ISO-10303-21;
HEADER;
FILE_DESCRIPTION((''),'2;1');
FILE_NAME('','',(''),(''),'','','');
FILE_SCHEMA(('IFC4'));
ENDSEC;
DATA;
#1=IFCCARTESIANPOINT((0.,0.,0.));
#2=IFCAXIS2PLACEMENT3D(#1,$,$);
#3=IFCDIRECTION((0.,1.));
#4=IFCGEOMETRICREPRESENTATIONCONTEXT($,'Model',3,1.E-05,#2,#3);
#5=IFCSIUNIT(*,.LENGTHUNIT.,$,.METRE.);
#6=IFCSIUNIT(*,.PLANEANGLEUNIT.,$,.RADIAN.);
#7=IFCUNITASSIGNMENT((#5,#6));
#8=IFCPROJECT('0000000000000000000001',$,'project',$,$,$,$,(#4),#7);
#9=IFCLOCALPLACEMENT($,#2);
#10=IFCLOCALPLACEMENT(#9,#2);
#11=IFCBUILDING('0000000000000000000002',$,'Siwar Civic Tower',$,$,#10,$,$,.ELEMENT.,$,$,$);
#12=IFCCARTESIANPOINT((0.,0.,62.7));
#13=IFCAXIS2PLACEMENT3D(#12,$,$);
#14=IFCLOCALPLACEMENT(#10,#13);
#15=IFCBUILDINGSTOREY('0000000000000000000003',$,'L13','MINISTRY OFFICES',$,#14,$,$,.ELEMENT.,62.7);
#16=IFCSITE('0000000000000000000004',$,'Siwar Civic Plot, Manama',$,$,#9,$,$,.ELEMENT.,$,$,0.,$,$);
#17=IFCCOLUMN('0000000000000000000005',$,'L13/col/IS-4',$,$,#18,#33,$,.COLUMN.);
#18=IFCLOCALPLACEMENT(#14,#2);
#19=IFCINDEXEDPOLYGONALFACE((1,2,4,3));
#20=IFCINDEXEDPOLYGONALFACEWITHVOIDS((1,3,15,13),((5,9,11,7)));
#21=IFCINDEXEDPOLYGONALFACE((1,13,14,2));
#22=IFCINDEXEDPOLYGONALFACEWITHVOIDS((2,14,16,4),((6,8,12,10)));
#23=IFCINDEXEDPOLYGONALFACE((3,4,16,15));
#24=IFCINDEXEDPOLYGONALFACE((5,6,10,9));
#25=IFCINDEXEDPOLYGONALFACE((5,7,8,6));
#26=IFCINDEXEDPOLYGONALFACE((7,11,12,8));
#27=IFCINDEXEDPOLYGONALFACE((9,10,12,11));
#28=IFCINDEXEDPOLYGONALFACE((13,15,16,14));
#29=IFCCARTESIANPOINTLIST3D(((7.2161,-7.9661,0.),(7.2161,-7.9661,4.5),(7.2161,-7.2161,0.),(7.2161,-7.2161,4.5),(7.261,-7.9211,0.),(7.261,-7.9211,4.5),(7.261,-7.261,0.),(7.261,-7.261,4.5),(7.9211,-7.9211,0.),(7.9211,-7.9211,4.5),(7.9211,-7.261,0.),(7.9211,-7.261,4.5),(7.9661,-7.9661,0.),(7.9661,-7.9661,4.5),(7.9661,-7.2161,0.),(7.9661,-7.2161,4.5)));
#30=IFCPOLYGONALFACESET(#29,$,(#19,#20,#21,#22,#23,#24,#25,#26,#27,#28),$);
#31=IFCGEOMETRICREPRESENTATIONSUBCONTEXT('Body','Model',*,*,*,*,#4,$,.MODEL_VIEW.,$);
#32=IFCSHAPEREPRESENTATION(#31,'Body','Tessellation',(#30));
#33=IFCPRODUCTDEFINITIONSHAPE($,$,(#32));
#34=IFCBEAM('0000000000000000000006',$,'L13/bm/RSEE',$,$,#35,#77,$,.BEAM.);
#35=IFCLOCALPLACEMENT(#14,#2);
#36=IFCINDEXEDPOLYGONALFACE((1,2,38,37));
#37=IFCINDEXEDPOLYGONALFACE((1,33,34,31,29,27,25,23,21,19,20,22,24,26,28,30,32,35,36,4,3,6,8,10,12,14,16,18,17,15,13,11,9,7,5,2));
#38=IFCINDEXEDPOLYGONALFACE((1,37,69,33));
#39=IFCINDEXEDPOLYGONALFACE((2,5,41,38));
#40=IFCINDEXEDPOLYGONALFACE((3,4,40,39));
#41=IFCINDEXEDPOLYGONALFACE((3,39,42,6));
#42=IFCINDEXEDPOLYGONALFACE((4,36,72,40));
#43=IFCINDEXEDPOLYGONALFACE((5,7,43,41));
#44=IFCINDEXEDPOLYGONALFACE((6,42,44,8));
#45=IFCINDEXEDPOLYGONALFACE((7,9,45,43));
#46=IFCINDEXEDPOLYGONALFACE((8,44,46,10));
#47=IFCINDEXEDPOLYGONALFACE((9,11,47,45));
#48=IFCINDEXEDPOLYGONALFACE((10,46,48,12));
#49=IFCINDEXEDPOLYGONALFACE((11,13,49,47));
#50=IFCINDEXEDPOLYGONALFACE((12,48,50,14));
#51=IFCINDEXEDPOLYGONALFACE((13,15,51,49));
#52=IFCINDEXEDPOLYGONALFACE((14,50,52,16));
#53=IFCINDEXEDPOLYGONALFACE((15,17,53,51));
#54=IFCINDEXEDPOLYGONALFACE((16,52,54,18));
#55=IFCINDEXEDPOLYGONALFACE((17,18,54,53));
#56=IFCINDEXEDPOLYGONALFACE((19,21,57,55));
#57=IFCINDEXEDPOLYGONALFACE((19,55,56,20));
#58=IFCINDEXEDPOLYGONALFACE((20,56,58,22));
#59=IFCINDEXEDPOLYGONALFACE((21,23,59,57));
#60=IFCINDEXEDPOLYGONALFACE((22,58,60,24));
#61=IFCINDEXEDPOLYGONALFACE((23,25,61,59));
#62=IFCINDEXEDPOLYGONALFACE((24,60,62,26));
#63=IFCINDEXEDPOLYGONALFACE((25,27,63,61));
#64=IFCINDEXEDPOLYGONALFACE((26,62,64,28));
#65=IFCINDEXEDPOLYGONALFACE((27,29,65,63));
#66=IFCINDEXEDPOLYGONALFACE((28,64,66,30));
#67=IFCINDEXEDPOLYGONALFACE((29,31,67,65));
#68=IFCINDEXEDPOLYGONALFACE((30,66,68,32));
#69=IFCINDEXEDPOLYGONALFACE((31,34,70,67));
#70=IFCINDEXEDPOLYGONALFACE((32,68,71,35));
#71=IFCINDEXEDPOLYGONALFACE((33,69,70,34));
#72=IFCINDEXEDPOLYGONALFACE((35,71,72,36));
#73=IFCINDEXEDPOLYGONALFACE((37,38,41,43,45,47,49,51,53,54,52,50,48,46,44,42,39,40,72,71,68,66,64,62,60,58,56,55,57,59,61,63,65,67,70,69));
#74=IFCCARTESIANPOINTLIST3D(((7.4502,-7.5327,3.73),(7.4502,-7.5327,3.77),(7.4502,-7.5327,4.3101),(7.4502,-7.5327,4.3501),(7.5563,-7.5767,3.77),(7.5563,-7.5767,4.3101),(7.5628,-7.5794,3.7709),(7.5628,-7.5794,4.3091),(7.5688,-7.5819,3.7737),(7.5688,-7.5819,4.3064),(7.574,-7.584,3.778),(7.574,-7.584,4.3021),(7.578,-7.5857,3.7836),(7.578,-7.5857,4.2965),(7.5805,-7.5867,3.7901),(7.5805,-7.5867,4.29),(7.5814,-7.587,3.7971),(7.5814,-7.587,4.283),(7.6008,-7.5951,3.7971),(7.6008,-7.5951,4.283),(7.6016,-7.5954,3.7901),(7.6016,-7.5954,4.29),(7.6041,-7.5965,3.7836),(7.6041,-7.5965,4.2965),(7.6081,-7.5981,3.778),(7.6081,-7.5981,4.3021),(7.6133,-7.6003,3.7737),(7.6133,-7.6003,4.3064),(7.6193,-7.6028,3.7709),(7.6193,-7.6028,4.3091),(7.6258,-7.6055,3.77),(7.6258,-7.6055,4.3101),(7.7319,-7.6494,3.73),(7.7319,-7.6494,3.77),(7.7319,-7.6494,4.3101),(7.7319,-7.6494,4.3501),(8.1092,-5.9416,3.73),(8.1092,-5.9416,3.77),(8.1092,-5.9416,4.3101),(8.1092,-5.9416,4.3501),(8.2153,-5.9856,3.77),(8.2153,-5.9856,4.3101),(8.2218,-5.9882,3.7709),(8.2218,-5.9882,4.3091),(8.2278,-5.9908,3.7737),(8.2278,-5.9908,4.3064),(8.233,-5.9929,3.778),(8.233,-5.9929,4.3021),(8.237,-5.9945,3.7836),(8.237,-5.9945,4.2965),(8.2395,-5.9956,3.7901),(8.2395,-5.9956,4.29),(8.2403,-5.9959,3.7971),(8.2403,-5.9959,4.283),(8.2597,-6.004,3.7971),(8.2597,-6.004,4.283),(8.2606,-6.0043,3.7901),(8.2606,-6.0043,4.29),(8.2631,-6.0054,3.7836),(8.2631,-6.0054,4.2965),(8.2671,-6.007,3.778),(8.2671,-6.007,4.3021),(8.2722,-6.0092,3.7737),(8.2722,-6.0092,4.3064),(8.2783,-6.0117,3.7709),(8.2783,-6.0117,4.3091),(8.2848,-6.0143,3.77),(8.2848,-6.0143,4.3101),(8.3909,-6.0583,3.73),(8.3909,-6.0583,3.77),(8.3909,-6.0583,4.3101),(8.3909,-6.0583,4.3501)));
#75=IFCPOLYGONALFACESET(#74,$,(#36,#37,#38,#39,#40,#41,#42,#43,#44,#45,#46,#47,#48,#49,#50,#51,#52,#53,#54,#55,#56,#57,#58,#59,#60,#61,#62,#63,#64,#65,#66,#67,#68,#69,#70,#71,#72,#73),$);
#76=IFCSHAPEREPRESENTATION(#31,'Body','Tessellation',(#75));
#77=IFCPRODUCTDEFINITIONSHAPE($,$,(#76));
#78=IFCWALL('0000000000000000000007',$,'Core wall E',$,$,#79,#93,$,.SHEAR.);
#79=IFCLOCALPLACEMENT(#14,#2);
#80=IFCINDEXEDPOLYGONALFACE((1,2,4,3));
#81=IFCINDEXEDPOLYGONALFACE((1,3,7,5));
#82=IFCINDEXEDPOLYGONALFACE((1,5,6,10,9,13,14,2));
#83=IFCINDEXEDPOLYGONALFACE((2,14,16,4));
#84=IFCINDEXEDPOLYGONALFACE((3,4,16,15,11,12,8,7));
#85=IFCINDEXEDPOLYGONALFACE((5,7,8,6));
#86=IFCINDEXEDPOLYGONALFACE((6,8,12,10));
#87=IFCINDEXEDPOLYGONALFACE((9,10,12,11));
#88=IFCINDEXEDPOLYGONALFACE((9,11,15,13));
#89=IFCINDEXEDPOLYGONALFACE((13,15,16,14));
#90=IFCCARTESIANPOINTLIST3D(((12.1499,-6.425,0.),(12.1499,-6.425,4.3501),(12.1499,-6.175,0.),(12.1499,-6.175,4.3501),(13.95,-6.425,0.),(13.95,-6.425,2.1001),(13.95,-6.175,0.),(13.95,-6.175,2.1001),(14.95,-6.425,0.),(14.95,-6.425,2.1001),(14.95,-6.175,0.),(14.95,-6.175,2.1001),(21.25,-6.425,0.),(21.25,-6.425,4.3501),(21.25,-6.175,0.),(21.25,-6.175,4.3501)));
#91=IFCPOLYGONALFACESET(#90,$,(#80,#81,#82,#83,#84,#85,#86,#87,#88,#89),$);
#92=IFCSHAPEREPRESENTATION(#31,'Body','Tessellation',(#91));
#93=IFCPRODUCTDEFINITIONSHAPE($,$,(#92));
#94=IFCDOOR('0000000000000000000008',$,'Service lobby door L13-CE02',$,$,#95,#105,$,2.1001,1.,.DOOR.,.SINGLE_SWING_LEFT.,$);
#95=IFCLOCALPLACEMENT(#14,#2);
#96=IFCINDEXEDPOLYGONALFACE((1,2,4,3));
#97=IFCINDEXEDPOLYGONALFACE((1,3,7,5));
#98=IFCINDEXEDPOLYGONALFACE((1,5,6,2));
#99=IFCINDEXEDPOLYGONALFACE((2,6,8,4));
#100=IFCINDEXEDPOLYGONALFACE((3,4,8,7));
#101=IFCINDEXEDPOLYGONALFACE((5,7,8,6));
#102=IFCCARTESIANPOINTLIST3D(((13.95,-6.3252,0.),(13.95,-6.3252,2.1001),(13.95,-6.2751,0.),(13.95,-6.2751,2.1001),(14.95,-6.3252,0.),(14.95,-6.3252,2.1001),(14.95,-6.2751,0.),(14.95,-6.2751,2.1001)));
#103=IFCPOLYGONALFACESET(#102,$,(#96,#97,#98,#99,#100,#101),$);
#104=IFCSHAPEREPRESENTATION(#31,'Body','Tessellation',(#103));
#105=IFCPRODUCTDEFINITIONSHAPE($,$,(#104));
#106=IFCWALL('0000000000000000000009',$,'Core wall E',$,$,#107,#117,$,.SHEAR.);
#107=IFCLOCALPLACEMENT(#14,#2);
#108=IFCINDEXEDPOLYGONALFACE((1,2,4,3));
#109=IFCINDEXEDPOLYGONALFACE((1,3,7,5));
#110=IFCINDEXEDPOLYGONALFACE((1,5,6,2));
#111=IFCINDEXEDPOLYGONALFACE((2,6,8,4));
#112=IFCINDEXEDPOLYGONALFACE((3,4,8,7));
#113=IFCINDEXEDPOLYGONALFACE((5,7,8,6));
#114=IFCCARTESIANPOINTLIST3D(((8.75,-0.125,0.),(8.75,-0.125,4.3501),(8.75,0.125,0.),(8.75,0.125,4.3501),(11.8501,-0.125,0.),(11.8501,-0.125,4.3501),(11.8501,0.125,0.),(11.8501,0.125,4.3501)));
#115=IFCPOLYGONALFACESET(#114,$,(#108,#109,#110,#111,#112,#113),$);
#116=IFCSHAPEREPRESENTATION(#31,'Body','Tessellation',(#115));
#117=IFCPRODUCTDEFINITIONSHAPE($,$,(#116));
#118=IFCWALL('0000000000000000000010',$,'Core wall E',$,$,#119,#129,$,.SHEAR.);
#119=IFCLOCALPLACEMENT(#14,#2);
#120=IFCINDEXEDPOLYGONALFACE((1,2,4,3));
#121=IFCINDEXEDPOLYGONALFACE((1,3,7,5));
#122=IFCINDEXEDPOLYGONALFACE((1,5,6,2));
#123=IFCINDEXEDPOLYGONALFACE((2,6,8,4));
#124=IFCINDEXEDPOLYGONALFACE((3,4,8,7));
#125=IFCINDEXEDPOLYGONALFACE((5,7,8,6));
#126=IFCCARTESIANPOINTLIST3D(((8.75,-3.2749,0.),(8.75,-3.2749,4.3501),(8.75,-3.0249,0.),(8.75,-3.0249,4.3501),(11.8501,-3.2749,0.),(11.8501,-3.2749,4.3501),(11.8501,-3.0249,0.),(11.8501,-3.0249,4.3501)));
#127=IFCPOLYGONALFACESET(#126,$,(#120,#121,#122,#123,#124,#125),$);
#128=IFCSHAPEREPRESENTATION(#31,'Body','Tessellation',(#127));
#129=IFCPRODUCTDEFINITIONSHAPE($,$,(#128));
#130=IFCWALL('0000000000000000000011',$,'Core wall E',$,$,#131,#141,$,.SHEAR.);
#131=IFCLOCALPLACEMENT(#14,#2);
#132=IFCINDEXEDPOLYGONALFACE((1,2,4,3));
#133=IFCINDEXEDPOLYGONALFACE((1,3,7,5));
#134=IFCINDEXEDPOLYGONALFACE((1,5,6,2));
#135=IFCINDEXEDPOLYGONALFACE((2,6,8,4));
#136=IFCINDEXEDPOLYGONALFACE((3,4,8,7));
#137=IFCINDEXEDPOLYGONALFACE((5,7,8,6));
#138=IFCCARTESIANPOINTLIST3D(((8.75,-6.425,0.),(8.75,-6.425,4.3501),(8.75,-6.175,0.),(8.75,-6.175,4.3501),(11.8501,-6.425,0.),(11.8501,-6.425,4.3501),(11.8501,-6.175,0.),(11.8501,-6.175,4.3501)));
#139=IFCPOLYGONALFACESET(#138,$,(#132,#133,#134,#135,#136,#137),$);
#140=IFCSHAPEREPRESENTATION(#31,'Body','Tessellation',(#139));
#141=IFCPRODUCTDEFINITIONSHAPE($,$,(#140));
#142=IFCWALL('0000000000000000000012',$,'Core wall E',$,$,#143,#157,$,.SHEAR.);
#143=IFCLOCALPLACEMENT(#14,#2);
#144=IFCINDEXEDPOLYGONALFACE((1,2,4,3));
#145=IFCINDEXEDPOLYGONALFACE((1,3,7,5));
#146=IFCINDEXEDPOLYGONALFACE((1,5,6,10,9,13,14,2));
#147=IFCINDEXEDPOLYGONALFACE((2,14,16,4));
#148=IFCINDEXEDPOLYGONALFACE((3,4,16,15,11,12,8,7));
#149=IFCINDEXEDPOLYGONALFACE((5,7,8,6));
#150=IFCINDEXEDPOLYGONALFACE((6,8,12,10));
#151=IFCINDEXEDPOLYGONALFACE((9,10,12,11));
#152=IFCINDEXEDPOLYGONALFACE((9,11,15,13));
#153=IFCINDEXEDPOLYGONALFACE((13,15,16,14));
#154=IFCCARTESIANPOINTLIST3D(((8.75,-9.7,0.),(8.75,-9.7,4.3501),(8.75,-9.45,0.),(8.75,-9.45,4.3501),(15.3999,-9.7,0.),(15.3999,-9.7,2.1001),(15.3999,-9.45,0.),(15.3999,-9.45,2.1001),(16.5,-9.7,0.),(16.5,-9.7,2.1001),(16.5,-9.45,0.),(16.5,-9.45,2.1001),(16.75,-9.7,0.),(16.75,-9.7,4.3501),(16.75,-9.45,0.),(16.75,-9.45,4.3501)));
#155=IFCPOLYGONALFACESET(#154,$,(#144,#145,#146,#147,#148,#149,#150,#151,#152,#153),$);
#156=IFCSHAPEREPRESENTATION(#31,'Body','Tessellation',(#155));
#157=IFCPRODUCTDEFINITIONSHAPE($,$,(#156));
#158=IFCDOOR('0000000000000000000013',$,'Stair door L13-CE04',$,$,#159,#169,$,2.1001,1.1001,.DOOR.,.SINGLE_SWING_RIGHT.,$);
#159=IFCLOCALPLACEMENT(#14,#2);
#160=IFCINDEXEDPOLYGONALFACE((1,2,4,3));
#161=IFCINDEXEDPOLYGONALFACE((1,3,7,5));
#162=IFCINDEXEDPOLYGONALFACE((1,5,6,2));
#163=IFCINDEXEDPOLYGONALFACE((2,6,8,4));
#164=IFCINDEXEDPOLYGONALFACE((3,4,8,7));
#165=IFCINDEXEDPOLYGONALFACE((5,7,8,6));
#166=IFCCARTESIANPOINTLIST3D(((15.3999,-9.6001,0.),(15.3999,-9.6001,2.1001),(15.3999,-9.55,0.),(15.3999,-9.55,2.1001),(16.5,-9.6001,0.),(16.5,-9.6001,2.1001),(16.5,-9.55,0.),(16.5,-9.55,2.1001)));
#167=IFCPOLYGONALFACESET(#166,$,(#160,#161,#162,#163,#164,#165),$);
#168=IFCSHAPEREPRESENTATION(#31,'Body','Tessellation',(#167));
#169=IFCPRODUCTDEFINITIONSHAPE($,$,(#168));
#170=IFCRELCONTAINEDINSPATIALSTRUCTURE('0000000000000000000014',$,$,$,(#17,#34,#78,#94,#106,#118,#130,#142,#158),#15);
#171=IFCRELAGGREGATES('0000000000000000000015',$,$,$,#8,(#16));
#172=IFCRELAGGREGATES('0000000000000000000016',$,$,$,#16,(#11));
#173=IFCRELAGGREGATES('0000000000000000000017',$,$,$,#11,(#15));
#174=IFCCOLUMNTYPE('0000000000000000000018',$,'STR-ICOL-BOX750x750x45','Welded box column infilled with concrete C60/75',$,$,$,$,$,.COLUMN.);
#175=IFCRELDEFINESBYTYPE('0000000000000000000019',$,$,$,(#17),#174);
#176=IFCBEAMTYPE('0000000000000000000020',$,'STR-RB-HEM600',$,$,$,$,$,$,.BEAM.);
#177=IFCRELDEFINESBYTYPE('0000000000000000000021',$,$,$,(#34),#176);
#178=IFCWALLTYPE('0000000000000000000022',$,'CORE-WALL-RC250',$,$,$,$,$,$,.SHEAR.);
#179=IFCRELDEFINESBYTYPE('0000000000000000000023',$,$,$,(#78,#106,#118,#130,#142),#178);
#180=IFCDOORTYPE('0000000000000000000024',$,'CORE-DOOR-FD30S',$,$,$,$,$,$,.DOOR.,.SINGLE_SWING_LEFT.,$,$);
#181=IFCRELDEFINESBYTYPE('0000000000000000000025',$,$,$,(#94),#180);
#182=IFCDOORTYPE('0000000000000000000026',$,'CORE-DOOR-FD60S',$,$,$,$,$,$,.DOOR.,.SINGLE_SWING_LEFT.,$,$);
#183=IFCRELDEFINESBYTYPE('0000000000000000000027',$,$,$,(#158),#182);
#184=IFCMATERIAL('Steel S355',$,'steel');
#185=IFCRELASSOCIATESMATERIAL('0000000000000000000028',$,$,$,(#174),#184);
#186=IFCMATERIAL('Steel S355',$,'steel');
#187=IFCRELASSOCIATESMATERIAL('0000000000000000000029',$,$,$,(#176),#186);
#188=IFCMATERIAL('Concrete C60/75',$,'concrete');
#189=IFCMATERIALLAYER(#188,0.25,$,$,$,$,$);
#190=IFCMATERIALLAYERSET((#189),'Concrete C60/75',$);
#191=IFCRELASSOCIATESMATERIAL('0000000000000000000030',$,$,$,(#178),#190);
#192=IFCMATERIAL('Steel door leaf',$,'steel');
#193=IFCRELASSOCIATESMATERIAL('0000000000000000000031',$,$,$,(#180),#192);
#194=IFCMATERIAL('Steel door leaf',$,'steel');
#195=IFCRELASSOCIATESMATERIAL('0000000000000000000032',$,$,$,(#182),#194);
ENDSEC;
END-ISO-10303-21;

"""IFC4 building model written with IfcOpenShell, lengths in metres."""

from ifc_helpers import new_model, si_unit, direction, frame, frame_2d, origin, origin_2d, place, context, subcontext, project, spatial, rectangle, hollow_rectangle, i_section, extrude, material, layer, layer_set, material_profile, profile_set, type_object, element, fill, save


model = new_model("IFC4")

# Units and contexts
model_context = context("Model", 3, precision=1e-05, world=origin(), true_north=direction((0.0, 1.0)))
body_context = subcontext(model_context, "Body", "Model", "MODEL_VIEW")
ifc_project = project(units=[si_unit("LENGTHUNIT", "METRE"), si_unit("PLANEANGLEUNIT", "RADIAN")], contexts=[model_context])

# Site, building, storey
site_placement = place(None, origin())
site = spatial("IfcSite", under=ifc_project, at=site_placement, Name="Siwar Civic Plot, Manama", CompositionType="ELEMENT", RefElevation=0.0)
building_placement = place(site_placement, origin())
building = spatial("IfcBuilding", under=site, at=building_placement, Name="Siwar Civic Tower", CompositionType="ELEMENT")
storey_placement = place(building_placement, frame((0.0, 0.0, 62.7)))
storey = spatial("IfcBuildingStorey", under=building, at=storey_placement, Name="L13", Description="MINISTRY OFFICES", CompositionType="ELEMENT", Elevation=62.7)

# Column
ifc_material_1 = material(Name="Steel S355", Category="steel")
ifc_material_profile_1 = material_profile(ifc_material_1, hollow_rectangle(XDim=0.75, YDim=0.75, WallThickness=0.0449, at=origin_2d()), Name="BOX750x750x45")
ifc_profile_set_1 = profile_set([ifc_material_profile_1], Name="Steel S355")
column_type = type_object("IfcColumnType", Name="STR-ICOL-BOX750x750x45", Description="Welded box column infilled with concrete C60/75", PredefinedType="COLUMN", material=ifc_profile_set_1)
column_placement = place(storey_placement, frame((7.5911, -7.5911, 0.0), z_axis=(0.0, 0.0, 1.0), x_axis=(1.0, 0.0, 0.0)))
element("IfcColumn", 1, at=column_placement, inside=storey, type_object=column_type, Name="L13/col/IS-4", PredefinedType="COLUMN", context=body_context, shape_type="SweptSolid", body=[
    extrude(hollow_rectangle(XDim=0.75, YDim=0.75, WallThickness=0.0449, at=origin_2d()), origin(), (0.0, 0.0, 1.0), 4.5),
])

# Beam
ifc_material_2 = material(Name="Steel S355", Category="steel")
ifc_material_profile_2 = material_profile(ifc_material_2, i_section(OverallWidth=0.3049, OverallDepth=0.6201, WebThickness=0.021, FlangeThickness=0.04, FilletRadius=0.0271, at=origin_2d()), Name="HEM600")
ifc_profile_set_2 = profile_set([ifc_material_profile_2], Name="Steel S355")
beam_type = type_object("IfcBeamType", Name="STR-RB-HEM600", PredefinedType="BEAM", material=ifc_profile_set_2)
beam_placement = place(storey_placement, frame((7.5911, -7.5911, 4.04), z_axis=(0.382631, 0.923901, 0.0), x_axis=(-0.923901, 0.382631, 0.0)))
element("IfcBeam", 2, at=beam_placement, inside=storey, type_object=beam_type, Name="L13/bm/RSEE", PredefinedType="BEAM", context=body_context, shape_type="SweptSolid", body=[
    extrude(i_section(OverallWidth=0.3049, OverallDepth=0.6201, WebThickness=0.021, FlangeThickness=0.04, FilletRadius=0.0271, at=origin_2d()), origin(), (0.0, 0.0, 1.0), 1.7222),
])

# Wall, opening, door
ifc_material_3 = material(Name="Concrete C60/75", Category="concrete")
ifc_layer_1 = layer(ifc_material_3, 0.25)
ifc_layer_set_1 = layer_set([ifc_layer_1], Name="Concrete C60/75")
wall_type_1 = type_object("IfcWallType", Name="CORE-WALL-RC250", PredefinedType="SHEAR", material=ifc_layer_set_1)
wall_1_placement = place(storey_placement, frame((12.1499, -6.3, 0.0), z_axis=(0.0, 0.0, 1.0), x_axis=(1.0, 0.0, 0.0)))
wall_1 = element("IfcWall", 3, at=wall_1_placement, inside=storey, type_object=wall_type_1, Name="Core wall E", PredefinedType="SHEAR", context=body_context, shape_type="SweptSolid", body=[
    extrude(rectangle(XDim=9.1001, YDim=0.25, at=frame_2d((4.55, 0.0))), origin(), (0.0, 0.0, 1.0), 4.3501),
])
opening_1_placement = place(wall_1_placement, frame((1.8, 0.0, 0.0)))
opening_1 = element("IfcOpeningElement", 4, at=opening_1_placement, cuts=wall_1, PredefinedType="OPENING", context=body_context, shape_type="SweptSolid", body=[
    extrude(rectangle(XDim=1.0, YDim=2.1001, at=frame_2d((0.5, 1.05))), frame((0.0, 0.135, 0.0), z_axis=(0.0, -1.0, 0.0), x_axis=(1.0, 0.0, 0.0)), (0.0, 0.0, 1.0), 0.27),
])
ifc_material_4 = material(Name="Steel door leaf", Category="steel")
door_type_1 = type_object("IfcDoorType", Name="CORE-DOOR-FD30S", OperationType="SINGLE_SWING_LEFT", PredefinedType="DOOR", material=ifc_material_4)
door_1_placement = place(opening_1_placement, origin())
door_1 = element("IfcDoor", 5, at=door_1_placement, inside=storey, type_object=door_type_1, Name="Service lobby door L13-CE02", OperationType="SINGLE_SWING_LEFT", OverallHeight=2.1001, OverallWidth=1.0, PredefinedType="DOOR", context=body_context, shape_type="SweptSolid", body=[
    extrude(rectangle(XDim=1.0, YDim=2.1001, at=frame_2d((0.5, 1.05))), frame((0.0, 0.0249, 0.0), z_axis=(0.0, -1.0, 0.0), x_axis=(1.0, 0.0, 0.0)), (0.0, 0.0, 1.0), 0.05),
])
fill(opening_1, door_1)

# Walls
for number, where, z_axis, x_axis, name in (
    (6, (8.75, 0.0, 0.0), (0.0, 0.0, 1.0), (1.0, 0.0, 0.0), "Core wall E"),
    (7, (8.75, -3.1499, 0.0), (0.0, 0.0, 1.0), (1.0, 0.0, 0.0), "Core wall E"),
    (8, (8.75, -6.3, 0.0), (0.0, 0.0, 1.0), (1.0, 0.0, 0.0), "Core wall E"),
):
    element("IfcWall", number, at=place(storey_placement, frame(where, z_axis=z_axis, x_axis=x_axis)), inside=storey, type_object=wall_type_1, Name=name, PredefinedType="SHEAR", context=body_context, shape_type="SweptSolid", body=[
        extrude(rectangle(XDim=3.1001, YDim=0.25, at=frame_2d((1.55, 0.0))), origin(), (0.0, 0.0, 1.0), 4.3501),
    ])

# Wall, opening, door
wall_2_placement = place(storey_placement, frame((8.75, -9.575, 0.0), z_axis=(0.0, 0.0, 1.0), x_axis=(1.0, 0.0, 0.0)))
wall_2 = element("IfcWall", 9, at=wall_2_placement, inside=storey, type_object=wall_type_1, Name="Core wall E", PredefinedType="SHEAR", context=body_context, shape_type="SweptSolid", body=[
    extrude(rectangle(XDim=8.0, YDim=0.25, at=frame_2d((4.0, 0.0))), origin(), (0.0, 0.0, 1.0), 4.3501),
])
opening_2_placement = place(wall_2_placement, frame((6.6499, 0.0, 0.0)))
opening_2 = element("IfcOpeningElement", 10, at=opening_2_placement, cuts=wall_2, PredefinedType="OPENING", context=body_context, shape_type="SweptSolid", body=[
    extrude(rectangle(XDim=1.1001, YDim=2.1001, at=frame_2d((0.55, 1.05))), frame((0.0, 0.135, 0.0), z_axis=(0.0, -1.0, 0.0), x_axis=(1.0, 0.0, 0.0)), (0.0, 0.0, 1.0), 0.27),
])
ifc_material_5 = material(Name="Steel door leaf", Category="steel")
door_type_2 = type_object("IfcDoorType", Name="CORE-DOOR-FD60S", OperationType="SINGLE_SWING_LEFT", PredefinedType="DOOR", material=ifc_material_5)
door_2_placement = place(opening_2_placement, origin())
door_2 = element("IfcDoor", 11, at=door_2_placement, inside=storey, type_object=door_type_2, Name="Stair door L13-CE04", OperationType="SINGLE_SWING_RIGHT", OverallHeight=2.1001, OverallWidth=1.1001, PredefinedType="DOOR", context=body_context, shape_type="SweptSolid", body=[
    extrude(rectangle(XDim=1.1001, YDim=2.1001, at=frame_2d((0.55, 1.05))), frame((0.0, 0.0249, 0.0), z_axis=(0.0, -1.0, 0.0), x_axis=(1.0, 0.0, 0.0)), (0.0, 0.0, 1.0), 0.05),
])
fill(opening_2, door_2)

save(model, "model.ifc")
